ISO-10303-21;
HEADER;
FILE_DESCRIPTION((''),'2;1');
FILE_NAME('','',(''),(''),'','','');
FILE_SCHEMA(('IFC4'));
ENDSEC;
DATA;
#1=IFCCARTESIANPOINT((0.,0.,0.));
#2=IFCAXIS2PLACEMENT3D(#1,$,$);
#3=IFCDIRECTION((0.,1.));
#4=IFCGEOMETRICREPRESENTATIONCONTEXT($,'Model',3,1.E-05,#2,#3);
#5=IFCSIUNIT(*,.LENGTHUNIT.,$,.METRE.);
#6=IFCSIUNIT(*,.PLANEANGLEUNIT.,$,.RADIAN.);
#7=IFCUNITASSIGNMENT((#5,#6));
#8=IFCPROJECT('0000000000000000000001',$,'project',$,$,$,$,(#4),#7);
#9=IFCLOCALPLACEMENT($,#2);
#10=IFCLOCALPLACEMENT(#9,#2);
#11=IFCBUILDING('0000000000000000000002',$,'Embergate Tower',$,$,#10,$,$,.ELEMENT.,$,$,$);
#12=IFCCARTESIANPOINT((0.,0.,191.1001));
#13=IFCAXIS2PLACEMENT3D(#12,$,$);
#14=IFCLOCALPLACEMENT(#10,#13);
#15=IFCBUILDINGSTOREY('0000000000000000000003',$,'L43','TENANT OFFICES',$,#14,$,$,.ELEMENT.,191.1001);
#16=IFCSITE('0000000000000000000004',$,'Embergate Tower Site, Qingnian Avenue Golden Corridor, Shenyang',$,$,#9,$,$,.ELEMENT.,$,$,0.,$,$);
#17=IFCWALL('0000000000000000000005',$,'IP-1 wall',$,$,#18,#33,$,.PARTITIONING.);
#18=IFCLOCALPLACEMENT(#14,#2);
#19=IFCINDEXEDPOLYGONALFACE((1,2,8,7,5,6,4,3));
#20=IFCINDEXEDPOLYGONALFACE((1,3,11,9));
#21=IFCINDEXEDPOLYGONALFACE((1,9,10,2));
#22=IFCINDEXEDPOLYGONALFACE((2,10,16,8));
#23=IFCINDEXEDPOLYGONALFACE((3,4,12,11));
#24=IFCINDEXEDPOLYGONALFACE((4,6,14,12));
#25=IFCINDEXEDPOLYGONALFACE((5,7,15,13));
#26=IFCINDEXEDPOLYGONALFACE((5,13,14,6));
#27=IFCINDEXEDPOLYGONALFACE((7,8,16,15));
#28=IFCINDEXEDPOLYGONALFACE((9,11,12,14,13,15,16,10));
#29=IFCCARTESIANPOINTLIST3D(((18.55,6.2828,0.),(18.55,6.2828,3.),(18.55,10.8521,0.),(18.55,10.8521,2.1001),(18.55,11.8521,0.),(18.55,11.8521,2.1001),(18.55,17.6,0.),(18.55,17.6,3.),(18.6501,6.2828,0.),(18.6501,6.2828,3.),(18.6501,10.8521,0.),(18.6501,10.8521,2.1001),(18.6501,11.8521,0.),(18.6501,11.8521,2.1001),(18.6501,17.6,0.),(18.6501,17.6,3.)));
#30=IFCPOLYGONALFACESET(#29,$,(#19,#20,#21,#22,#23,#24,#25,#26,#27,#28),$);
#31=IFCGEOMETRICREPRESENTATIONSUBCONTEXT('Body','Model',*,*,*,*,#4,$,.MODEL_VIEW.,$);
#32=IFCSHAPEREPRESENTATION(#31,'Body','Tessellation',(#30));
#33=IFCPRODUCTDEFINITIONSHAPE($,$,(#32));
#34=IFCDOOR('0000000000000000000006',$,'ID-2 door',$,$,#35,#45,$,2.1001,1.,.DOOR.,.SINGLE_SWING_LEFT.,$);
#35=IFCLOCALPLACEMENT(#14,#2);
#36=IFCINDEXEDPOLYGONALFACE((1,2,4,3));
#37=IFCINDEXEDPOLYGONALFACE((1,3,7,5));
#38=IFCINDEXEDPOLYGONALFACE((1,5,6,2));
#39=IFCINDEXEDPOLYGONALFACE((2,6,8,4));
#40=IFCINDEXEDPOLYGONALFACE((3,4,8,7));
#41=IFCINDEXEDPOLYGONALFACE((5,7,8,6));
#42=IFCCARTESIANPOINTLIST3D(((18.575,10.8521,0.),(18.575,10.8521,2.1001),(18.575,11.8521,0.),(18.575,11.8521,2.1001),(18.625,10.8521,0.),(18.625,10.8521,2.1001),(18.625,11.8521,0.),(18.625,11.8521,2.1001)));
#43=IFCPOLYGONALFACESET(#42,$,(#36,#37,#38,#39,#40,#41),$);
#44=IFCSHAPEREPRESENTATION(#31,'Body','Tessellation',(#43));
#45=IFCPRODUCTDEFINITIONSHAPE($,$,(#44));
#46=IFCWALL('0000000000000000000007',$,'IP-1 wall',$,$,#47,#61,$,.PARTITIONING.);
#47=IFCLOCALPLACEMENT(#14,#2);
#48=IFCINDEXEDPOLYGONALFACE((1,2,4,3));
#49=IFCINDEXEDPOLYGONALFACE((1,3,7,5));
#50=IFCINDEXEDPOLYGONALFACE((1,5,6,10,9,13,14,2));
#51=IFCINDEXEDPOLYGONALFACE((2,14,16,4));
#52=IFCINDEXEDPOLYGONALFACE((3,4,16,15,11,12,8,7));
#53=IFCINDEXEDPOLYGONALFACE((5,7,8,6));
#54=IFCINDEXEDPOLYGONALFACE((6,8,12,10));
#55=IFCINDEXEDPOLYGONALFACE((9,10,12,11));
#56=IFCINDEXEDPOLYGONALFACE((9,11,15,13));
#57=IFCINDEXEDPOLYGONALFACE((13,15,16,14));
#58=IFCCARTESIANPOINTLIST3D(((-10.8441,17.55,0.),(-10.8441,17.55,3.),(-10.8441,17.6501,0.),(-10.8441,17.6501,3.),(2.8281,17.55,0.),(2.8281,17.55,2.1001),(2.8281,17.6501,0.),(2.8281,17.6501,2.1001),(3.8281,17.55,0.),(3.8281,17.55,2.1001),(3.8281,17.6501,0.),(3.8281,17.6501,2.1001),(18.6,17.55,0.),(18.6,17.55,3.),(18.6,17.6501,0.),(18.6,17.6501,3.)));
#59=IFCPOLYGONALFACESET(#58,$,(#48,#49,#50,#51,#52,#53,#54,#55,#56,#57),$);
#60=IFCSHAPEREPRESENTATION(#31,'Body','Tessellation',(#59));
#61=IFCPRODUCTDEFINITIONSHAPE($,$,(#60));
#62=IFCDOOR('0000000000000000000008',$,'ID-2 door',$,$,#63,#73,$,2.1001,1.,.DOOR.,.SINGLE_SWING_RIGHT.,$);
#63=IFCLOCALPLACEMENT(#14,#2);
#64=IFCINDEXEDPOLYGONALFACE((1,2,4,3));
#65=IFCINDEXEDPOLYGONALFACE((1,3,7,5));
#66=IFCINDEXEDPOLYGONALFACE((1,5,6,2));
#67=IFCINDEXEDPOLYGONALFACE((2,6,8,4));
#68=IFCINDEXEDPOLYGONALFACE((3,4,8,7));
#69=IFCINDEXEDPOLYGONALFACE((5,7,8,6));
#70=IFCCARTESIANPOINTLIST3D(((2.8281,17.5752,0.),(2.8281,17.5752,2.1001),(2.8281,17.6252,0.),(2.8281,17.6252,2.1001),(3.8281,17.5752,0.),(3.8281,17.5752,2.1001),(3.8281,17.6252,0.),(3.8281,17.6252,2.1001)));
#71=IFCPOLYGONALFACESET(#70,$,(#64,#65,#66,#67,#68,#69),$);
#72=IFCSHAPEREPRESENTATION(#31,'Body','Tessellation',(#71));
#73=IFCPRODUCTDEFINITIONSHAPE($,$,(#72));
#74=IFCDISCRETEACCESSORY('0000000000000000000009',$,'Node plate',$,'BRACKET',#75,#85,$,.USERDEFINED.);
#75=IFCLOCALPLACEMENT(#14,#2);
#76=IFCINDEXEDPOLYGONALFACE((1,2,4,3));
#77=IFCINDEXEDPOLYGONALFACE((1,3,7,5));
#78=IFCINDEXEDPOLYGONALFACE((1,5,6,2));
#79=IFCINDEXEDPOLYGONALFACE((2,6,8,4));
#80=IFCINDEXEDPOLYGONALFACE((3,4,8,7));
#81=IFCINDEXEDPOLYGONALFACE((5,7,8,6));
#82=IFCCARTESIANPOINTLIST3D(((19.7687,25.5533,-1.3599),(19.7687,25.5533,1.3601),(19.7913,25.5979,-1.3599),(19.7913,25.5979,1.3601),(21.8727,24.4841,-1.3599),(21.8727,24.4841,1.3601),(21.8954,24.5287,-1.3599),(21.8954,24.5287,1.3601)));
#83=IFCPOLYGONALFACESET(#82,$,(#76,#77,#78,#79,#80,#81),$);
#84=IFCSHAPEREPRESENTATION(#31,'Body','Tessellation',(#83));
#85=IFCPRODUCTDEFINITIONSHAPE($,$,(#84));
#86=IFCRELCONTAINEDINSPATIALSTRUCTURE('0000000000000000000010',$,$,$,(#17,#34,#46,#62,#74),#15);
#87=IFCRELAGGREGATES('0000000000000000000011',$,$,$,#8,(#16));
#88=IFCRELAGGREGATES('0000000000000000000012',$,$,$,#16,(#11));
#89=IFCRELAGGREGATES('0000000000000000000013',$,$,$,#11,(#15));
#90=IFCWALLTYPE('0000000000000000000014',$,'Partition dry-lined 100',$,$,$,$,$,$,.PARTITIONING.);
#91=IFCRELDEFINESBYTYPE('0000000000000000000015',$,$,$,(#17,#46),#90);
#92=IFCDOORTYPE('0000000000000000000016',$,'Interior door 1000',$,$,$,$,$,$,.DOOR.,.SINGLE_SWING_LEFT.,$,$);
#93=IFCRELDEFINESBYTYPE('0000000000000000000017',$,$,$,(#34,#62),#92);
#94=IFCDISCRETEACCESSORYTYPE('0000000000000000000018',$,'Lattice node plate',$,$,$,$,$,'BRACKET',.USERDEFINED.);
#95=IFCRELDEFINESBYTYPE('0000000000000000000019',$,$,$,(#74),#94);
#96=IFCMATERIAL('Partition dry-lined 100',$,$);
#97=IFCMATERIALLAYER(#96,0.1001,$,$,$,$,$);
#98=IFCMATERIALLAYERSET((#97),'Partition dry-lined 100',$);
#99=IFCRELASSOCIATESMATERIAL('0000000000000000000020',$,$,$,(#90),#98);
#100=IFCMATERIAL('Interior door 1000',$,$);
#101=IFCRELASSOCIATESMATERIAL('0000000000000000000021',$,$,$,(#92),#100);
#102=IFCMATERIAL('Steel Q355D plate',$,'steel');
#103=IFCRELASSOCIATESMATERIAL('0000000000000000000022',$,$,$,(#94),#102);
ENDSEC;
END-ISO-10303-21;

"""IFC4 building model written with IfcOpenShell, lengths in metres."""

from ifc_helpers import new_model, si_unit, direction, frame, frame_2d, origin, origin_2d, place, context, subcontext, project, spatial, rectangle, extrude, source, transform, mapped, material, layer, layer_set, type_object, element, fill, save


model = new_model("IFC4")

# Units and contexts
model_context = context("Model", 3, precision=1e-05, world=origin(), true_north=direction((0.0, 1.0)))
body_context = subcontext(model_context, "Body", "Model", "MODEL_VIEW")
ifc_project = project(units=[si_unit("LENGTHUNIT", "METRE"), si_unit("PLANEANGLEUNIT", "RADIAN")], contexts=[model_context])

# Site, building, storey
site_placement = place(None, origin())
site = spatial("IfcSite", under=ifc_project, at=site_placement, Name="Embergate Tower Site, Qingnian Avenue Golden Corridor, Shenyang", CompositionType="ELEMENT", RefElevation=0.0)
building_placement = place(site_placement, origin())
building = spatial("IfcBuilding", under=site, at=building_placement, Name="Embergate Tower", CompositionType="ELEMENT")
storey_placement = place(building_placement, frame((0.0, 0.0, 191.1001)))
storey = spatial("IfcBuildingStorey", under=building, at=storey_placement, Name="L43", Description="TENANT OFFICES", CompositionType="ELEMENT", Elevation=191.1001)

# Walls, openings, doors
ifc_material_1 = material(Name="Partition dry-lined 100")
ifc_layer_1 = layer(ifc_material_1, 0.1001)
ifc_layer_set_1 = layer_set([ifc_layer_1], Name="Partition dry-lined 100")
wall_type = type_object("IfcWallType", Name="Partition dry-lined 100", PredefinedType="PARTITIONING", material=ifc_layer_set_1)
shared_shape_1 = source(origin(), body_context, "Body", "SweptSolid", [
    extrude(rectangle(XDim=11.3171, YDim=0.1001, at=frame_2d((5.6587, 0.0))), origin(), (0.0, 0.0, 1.0), 3.0),
])
wall_1_placement = place(storey_placement, frame((18.6001, 17.6001, 0.0), z_axis=(0.0, 0.0, 1.0), x_axis=(0.0, -1.0, 0.0)))
wall_1 = element("IfcWall", 1, at=wall_1_placement, inside=storey, type_object=wall_type, Name="IP-1 wall", PredefinedType="PARTITIONING", context=body_context, shape_type="MappedRepresentation", body=[
    mapped(shared_shape_1, transform((0.0, 0.0, 0.0))),
])
shared_shape_2 = source(origin(), body_context, "Body", "SweptSolid", [
    extrude(rectangle(XDim=1.0, YDim=2.1001, at=frame_2d((0.5, 1.05))), frame((0.0, 0.0601, 0.0), z_axis=(0.0, -1.0, 0.0), x_axis=(1.0, 0.0, 0.0)), (0.0, 0.0, 1.0), 0.1201),
])
opening_1_placement = place(wall_1_placement, frame((5.748, 0.0, 0.0)))
opening_1 = element("IfcOpeningElement", 2, at=opening_1_placement, cuts=wall_1, PredefinedType="OPENING", context=body_context, shape_type="MappedRepresentation", body=[
    mapped(shared_shape_2, transform((0.0, 0.0, 0.0))),
])
ifc_material_2 = material(Name="Interior door 1000")
door_type = type_object("IfcDoorType", Name="Interior door 1000", OperationType="SINGLE_SWING_LEFT", PredefinedType="DOOR", material=ifc_material_2)
shared_shape_3 = source(origin(), body_context, "Body", "SweptSolid", [
    extrude(rectangle(XDim=1.0, YDim=2.1001, at=frame_2d((0.5, 1.05))), frame((0.0, 0.0249, 0.0), z_axis=(0.0, -1.0, 0.0), x_axis=(1.0, 0.0, 0.0)), (0.0, 0.0, 1.0), 0.05),
])
door_1_placement = place(opening_1_placement, origin())
door_1 = element("IfcDoor", 3, at=door_1_placement, inside=storey, type_object=door_type, Name="ID-2 door", OperationType="SINGLE_SWING_LEFT", OverallHeight=2.1001, OverallWidth=1.0, PredefinedType="DOOR", context=body_context, shape_type="MappedRepresentation", body=[
    mapped(shared_shape_3, transform((0.0, 0.0, 0.0))),
])
fill(opening_1, door_1)
shared_shape_4 = source(origin(), body_context, "Body", "SweptSolid", [
    extrude(rectangle(XDim=29.4441, YDim=0.1001, at=frame_2d((14.7222, 0.0))), origin(), (0.0, 0.0, 1.0), 3.0),
])
wall_2_placement = place(storey_placement, frame((18.6001, 17.6001, 0.0), z_axis=(0.0, 0.0, 1.0), x_axis=(-1.0, 0.0, 0.0)))
wall_2 = element("IfcWall", 4, at=wall_2_placement, inside=storey, type_object=wall_type, Name="IP-1 wall", PredefinedType="PARTITIONING", context=body_context, shape_type="MappedRepresentation", body=[
    mapped(shared_shape_4, transform((0.0, 0.0, 0.0))),
])
opening_2_placement = place(wall_2_placement, frame((14.772, 0.0, 0.0)))
opening_2 = element("IfcOpeningElement", 5, at=opening_2_placement, cuts=wall_2, PredefinedType="OPENING", context=body_context, shape_type="MappedRepresentation", body=[
    mapped(shared_shape_2, transform((0.0, 0.0, 0.0))),
])
door_2_placement = place(opening_2_placement, origin())
door_2 = element("IfcDoor", 6, at=door_2_placement, inside=storey, type_object=door_type, Name="ID-2 door", OperationType="SINGLE_SWING_RIGHT", OverallHeight=2.1001, OverallWidth=1.0, PredefinedType="DOOR", context=body_context, shape_type="MappedRepresentation", body=[
    mapped(shared_shape_3, transform((0.0, 0.0, 0.0))),
])
fill(opening_2, door_2)

# Discrete accessory
ifc_material_3 = material(Name="Steel Q355D plate", Category="steel")
discrete_accessory_type = type_object("IfcDiscreteAccessoryType", Name="Lattice node plate", ElementType="BRACKET", PredefinedType="USERDEFINED", material=ifc_material_3)
shared_shape_5 = source(origin(), body_context, "Body", "SweptSolid", [
    extrude(rectangle(XDim=2.3601, YDim=0.05, at=origin_2d()), origin(), (0.0, 0.0, 1.0), 2.72),
])
discrete_accessory_placement = place(storey_placement, frame((20.832, 25.041, -1.3599), z_axis=(0.0, 0.0, 1.0), x_axis=(-0.891505, 0.453011, 0.0)))
element("IfcDiscreteAccessory", 7, at=discrete_accessory_placement, inside=storey, type_object=discrete_accessory_type, Name="Node plate", ObjectType="BRACKET", PredefinedType="USERDEFINED", context=body_context, shape_type="MappedRepresentation", body=[
    mapped(shared_shape_5, transform((0.0, 0.0, 0.0))),
])

save(model, "model.ifc")
